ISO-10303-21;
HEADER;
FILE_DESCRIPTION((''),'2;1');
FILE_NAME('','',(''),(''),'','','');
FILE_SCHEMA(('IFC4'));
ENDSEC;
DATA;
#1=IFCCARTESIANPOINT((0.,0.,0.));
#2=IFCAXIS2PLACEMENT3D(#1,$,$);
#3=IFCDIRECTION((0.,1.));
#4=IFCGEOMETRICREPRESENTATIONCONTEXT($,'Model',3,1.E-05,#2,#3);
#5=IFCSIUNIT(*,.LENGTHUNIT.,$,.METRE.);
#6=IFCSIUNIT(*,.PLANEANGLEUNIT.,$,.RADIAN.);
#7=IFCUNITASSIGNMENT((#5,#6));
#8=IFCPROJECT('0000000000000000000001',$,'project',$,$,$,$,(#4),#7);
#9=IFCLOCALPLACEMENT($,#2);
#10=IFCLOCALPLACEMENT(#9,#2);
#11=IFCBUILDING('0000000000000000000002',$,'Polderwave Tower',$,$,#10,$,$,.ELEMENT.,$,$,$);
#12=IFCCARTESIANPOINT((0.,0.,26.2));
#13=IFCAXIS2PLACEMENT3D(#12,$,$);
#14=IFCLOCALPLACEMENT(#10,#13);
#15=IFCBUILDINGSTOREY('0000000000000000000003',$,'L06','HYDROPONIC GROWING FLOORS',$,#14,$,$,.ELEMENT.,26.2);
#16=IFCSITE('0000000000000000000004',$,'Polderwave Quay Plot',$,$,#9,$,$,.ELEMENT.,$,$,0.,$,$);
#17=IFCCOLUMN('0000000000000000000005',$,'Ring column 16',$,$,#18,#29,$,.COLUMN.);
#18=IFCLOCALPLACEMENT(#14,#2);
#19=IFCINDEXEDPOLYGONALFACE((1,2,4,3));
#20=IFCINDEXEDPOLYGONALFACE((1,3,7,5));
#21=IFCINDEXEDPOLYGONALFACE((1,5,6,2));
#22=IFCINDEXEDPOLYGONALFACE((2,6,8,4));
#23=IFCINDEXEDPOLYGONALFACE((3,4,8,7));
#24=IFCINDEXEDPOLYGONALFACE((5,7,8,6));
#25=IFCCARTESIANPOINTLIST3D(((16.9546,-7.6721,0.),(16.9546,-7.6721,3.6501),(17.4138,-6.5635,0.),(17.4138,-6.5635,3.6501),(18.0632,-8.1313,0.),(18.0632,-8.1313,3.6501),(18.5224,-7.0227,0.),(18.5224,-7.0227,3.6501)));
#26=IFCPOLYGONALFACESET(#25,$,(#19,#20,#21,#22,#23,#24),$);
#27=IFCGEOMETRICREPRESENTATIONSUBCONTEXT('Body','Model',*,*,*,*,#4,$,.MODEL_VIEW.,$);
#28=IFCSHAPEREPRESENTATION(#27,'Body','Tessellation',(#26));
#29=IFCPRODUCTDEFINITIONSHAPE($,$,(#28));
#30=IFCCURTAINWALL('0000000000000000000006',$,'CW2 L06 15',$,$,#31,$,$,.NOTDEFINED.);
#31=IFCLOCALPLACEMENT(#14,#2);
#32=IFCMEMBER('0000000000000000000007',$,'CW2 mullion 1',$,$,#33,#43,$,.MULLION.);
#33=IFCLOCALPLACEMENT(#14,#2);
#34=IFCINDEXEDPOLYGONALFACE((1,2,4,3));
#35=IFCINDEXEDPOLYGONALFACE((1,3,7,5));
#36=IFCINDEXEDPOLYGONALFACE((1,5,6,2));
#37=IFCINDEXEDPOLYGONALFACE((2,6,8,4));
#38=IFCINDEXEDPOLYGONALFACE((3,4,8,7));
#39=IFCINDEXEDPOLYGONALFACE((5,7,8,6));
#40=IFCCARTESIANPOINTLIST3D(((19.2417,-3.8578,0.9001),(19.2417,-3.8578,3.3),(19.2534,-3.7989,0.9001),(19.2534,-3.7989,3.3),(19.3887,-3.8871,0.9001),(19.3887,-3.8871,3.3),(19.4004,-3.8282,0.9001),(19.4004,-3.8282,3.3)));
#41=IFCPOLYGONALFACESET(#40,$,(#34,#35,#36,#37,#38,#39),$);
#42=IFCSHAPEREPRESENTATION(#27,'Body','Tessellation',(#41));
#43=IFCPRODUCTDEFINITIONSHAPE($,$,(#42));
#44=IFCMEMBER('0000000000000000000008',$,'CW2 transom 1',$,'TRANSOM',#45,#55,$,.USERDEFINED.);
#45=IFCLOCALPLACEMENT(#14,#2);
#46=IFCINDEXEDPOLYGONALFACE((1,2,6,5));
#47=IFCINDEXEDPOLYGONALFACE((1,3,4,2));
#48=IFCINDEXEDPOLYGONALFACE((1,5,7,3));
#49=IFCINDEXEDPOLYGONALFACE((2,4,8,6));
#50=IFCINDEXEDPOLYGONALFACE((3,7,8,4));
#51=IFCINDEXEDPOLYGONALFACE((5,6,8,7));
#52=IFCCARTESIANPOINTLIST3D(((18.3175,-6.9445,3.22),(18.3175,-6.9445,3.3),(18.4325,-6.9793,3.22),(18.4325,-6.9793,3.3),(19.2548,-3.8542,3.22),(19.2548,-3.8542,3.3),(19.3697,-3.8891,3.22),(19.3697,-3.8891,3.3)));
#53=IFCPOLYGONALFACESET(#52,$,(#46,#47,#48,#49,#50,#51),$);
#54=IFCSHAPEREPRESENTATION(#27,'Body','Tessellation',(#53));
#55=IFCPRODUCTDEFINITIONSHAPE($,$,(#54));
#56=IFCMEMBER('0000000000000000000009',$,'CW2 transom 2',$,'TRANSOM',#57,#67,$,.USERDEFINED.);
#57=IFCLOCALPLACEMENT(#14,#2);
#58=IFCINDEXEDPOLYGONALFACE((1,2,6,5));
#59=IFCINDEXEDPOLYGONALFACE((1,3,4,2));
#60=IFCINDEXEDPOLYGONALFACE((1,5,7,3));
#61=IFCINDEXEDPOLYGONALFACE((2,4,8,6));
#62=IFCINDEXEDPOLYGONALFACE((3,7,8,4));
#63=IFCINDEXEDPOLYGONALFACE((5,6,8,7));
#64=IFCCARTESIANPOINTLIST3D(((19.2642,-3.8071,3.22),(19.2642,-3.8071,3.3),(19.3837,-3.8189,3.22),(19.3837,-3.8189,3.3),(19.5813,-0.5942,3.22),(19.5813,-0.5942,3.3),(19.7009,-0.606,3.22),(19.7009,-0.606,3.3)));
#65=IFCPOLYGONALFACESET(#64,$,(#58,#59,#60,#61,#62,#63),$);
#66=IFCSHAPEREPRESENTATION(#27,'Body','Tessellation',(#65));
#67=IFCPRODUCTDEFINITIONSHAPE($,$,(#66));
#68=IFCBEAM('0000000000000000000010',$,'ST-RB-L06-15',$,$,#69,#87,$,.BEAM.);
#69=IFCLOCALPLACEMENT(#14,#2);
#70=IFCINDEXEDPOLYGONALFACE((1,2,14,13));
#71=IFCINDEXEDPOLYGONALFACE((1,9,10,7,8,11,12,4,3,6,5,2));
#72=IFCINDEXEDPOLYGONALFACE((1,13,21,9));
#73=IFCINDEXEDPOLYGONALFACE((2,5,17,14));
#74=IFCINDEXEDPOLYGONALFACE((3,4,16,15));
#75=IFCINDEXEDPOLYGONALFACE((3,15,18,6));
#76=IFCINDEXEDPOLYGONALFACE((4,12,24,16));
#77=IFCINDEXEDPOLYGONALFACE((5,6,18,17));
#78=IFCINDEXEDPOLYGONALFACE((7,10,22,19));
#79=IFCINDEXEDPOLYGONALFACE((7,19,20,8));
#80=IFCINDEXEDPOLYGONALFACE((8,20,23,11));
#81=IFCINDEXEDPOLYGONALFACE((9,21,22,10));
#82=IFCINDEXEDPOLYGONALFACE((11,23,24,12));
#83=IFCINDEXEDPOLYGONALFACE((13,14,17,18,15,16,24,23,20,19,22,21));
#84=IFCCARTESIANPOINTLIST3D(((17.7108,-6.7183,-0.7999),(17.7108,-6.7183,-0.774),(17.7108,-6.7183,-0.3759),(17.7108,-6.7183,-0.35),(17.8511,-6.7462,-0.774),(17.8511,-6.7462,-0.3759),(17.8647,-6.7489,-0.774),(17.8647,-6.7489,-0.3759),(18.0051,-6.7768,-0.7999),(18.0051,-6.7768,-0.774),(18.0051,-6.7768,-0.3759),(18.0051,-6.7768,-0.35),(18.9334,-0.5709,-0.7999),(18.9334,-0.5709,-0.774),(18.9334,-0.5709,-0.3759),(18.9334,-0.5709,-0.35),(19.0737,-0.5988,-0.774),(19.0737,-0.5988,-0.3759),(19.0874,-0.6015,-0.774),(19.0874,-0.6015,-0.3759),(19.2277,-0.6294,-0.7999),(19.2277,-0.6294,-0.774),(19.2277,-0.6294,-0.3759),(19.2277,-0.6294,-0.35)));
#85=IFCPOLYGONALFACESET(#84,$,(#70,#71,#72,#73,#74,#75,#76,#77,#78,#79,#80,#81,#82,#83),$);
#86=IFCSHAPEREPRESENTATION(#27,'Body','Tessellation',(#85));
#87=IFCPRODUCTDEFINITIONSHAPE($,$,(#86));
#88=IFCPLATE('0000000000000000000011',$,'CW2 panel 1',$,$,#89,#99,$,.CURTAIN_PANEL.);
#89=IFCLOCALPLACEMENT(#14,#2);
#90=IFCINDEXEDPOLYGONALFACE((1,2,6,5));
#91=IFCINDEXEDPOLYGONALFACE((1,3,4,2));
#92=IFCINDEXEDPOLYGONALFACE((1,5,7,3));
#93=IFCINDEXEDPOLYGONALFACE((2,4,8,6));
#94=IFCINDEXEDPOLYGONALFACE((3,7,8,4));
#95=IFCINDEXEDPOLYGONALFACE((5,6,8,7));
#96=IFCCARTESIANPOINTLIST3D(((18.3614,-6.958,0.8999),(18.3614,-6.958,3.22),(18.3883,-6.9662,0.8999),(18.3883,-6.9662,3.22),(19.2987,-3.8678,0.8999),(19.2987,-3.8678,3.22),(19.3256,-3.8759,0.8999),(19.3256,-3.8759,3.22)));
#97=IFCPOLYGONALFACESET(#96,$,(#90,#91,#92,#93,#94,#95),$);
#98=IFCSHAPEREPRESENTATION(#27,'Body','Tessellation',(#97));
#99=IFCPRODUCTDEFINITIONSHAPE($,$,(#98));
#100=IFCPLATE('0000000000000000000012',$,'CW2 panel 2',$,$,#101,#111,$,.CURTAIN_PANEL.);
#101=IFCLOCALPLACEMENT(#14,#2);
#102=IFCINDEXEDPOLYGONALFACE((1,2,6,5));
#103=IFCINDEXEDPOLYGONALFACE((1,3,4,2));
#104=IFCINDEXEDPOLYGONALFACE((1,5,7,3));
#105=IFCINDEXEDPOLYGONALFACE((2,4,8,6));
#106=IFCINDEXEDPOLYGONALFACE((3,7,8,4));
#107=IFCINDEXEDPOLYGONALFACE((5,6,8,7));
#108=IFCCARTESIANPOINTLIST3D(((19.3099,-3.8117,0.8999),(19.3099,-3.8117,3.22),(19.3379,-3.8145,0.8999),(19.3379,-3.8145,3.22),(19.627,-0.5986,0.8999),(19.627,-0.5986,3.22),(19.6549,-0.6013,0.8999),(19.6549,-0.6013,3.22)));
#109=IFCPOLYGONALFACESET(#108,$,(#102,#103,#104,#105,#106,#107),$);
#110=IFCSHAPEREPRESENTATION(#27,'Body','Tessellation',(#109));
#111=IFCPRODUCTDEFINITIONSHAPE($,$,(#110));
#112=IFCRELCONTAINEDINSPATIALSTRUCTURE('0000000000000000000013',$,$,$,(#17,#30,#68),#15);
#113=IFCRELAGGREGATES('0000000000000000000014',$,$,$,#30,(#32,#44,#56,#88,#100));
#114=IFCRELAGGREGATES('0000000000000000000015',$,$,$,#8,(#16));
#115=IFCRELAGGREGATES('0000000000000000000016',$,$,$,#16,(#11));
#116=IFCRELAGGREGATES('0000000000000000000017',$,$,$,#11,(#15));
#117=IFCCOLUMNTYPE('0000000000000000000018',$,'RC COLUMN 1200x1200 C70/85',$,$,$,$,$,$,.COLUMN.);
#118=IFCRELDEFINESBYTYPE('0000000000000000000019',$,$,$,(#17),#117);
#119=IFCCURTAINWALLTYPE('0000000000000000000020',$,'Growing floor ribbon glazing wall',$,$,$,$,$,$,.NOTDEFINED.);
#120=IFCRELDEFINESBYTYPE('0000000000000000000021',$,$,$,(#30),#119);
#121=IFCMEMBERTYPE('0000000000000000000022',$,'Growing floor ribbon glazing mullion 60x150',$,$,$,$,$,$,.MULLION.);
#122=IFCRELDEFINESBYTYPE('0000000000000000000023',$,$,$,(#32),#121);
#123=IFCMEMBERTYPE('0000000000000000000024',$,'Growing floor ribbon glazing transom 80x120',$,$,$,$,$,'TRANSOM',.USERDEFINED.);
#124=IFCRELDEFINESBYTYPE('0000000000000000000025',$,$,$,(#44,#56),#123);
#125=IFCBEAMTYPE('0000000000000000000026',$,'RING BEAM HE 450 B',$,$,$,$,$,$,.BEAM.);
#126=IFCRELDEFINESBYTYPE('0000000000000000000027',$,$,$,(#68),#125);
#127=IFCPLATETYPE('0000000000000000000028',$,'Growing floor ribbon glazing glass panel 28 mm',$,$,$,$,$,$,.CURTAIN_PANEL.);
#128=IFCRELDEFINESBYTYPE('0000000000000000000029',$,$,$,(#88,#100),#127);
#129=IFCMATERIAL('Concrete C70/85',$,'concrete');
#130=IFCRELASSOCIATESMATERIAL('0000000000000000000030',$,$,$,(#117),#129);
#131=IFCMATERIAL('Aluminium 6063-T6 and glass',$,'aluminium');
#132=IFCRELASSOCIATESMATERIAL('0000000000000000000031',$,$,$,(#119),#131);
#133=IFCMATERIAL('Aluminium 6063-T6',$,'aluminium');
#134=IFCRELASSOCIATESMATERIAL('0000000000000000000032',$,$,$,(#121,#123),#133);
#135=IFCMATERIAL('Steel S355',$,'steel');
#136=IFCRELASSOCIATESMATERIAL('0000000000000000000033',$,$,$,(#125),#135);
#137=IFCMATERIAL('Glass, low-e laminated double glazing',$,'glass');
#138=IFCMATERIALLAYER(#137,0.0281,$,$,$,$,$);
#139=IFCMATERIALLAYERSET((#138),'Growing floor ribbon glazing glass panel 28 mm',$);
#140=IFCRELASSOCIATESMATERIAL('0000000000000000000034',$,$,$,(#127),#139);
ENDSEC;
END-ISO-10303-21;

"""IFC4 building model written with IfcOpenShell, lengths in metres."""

from ifc_helpers import new_model, si_unit, direction, frame, origin, origin_2d, place, context, subcontext, project, spatial, rectangle, i_section, extrude, material, layer, layer_set, material_profile, profile_set, type_object, element, aggregate, save


model = new_model("IFC4")

# Units and contexts
model_context = context("Model", 3, precision=1e-05, world=origin(), true_north=direction((0.0, 1.0)))
body_context = subcontext(model_context, "Body", "Model", "MODEL_VIEW")
ifc_project = project(units=[si_unit("LENGTHUNIT", "METRE"), si_unit("PLANEANGLEUNIT", "RADIAN")], contexts=[model_context])

# Site, building, storey
site_placement = place(None, origin())
site = spatial("IfcSite", under=ifc_project, at=site_placement, Name="Polderwave Quay Plot", CompositionType="ELEMENT", RefElevation=0.0)
building_placement = place(site_placement, origin())
building = spatial("IfcBuilding", under=site, at=building_placement, Name="Polderwave Tower", CompositionType="ELEMENT")
storey_placement = place(building_placement, frame((0.0, 0.0, 26.2)))
storey = spatial("IfcBuildingStorey", under=building, at=storey_placement, Name="L06", Description="HYDROPONIC GROWING FLOORS", CompositionType="ELEMENT", Elevation=26.2)

# Column
ifc_material_1 = material(Name="Concrete C70/85", Category="concrete")
ifc_material_profile_1 = material_profile(ifc_material_1, rectangle(XDim=1.2, YDim=1.2, at=origin_2d()), Name="RC 1200x1200")
ifc_profile_set_1 = profile_set([ifc_material_profile_1], Name="Concrete C70/85")
column_type = type_object("IfcColumnType", Name="RC COLUMN 1200x1200 C70/85", PredefinedType="COLUMN", material=ifc_profile_set_1)
column_placement = place(storey_placement, frame((17.7385, -7.3474, 0.0), z_axis=(0.0, 0.0, 1.0), x_axis=(0.92388, -0.382683, 0.0)))
element("IfcColumn", 1, at=column_placement, inside=storey, type_object=column_type, Name="Ring column 16", PredefinedType="COLUMN", context=body_context, shape_type="SweptSolid", body=[
    extrude(rectangle(XDim=1.2, YDim=1.2, at=origin_2d()), origin(), (0.0, 0.0, 1.0), 3.6501),
])

# Curtain wall, members
ifc_material_2 = material(Name="Aluminium 6063-T6 and glass", Category="aluminium")
curtain_wall_type = type_object("IfcCurtainWallType", Name="Growing floor ribbon glazing wall", PredefinedType="NOTDEFINED", material=ifc_material_2)
curtain_wall_placement = place(storey_placement, origin())
curtain_wall = element("IfcCurtainWall", 2, at=curtain_wall_placement, inside=storey, type_object=curtain_wall_type, Name="CW2 L06 15", PredefinedType="NOTDEFINED")
ifc_material_3 = material(Name="Aluminium 6063-T6", Category="aluminium")
ifc_material_profile_2 = material_profile(ifc_material_3, rectangle(XDim=0.1499, YDim=0.0601, at=origin_2d()), Name="AL 60x150")
ifc_profile_set_2 = profile_set([ifc_material_profile_2], Name="Aluminium 6063-T6")
member_type_1 = type_object("IfcMemberType", Name="Growing floor ribbon glazing mullion 60x150", PredefinedType="MULLION", material=ifc_profile_set_2)
member_1_placement = place(storey_placement, frame((19.321, -3.843, 0.9001), z_axis=(0.0, 0.0, 1.0), x_axis=(-0.980772, 0.195159, 0.0)))
member_1 = element("IfcMember", 3, at=member_1_placement, type_object=member_type_1, Name="CW2 mullion 1", PredefinedType="MULLION", context=body_context, shape_type="SweptSolid", body=[
    extrude(rectangle(XDim=0.1499, YDim=0.0601, at=origin_2d()), origin(), (0.0, 0.0, 1.0), 2.3999),
])
ifc_material_profile_3 = material_profile(ifc_material_3, rectangle(XDim=0.1201, YDim=0.0801, at=origin_2d()), Name="AL 80x120")
ifc_profile_set_3 = profile_set([ifc_material_profile_3], Name="Aluminium 6063-T6")
member_type_2 = type_object("IfcMemberType", Name="Growing floor ribbon glazing transom 80x120", ElementType="TRANSOM", PredefinedType="USERDEFINED", material=ifc_profile_set_3)
member_2_placement = place(storey_placement, frame((18.375, -6.9619, 3.26), z_axis=(0.290232, 0.956956, 0.0), x_axis=(-0.956956, 0.290232, 0.0)))
member_2 = element("IfcMember", 4, at=member_2_placement, type_object=member_type_2, Name="CW2 transom 1", ObjectType="TRANSOM", PredefinedType="USERDEFINED", context=body_context, shape_type="SweptSolid", body=[
    extrude(rectangle(XDim=0.1201, YDim=0.0801, at=origin_2d()), origin(), (0.0, 0.0, 1.0), 3.2292),
])
member_3_placement = place(storey_placement, frame((19.324, -3.813, 3.26), z_axis=(0.098231, 0.995164, 0.0), x_axis=(-0.995164, 0.098231, 0.0)))
member_3 = element("IfcMember", 5, at=member_3_placement, type_object=member_type_2, Name="CW2 transom 2", ObjectType="TRANSOM", PredefinedType="USERDEFINED", context=body_context, shape_type="SweptSolid", body=[
    extrude(rectangle(XDim=0.1201, YDim=0.0801, at=origin_2d()), origin(), (0.0, 0.0, 1.0), 3.2285),
])

# Beam
ifc_material_4 = material(Name="Steel S355", Category="steel")
ifc_material_profile_4 = material_profile(ifc_material_4, i_section(OverallWidth=0.3, OverallDepth=0.45, WebThickness=0.0139, FlangeThickness=0.0259, at=origin_2d()), Name="HE 450 B")
ifc_profile_set_4 = profile_set([ifc_material_profile_4], Name="Steel S355")
beam_type = type_object("IfcBeamType", Name="RING BEAM HE 450 B", PredefinedType="BEAM", material=ifc_profile_set_4)
beam_placement = place(storey_placement, frame((17.8579, -6.7476, -0.575), z_axis=(0.195067, 0.98079, 0.0), x_axis=(-0.98079, 0.195067, 0.0)))
element("IfcBeam", 6, at=beam_placement, inside=storey, type_object=beam_type, Name="ST-RB-L06-15", PredefinedType="BEAM", context=body_context, shape_type="SweptSolid", body=[
    extrude(i_section(OverallWidth=0.3, OverallDepth=0.45, WebThickness=0.0139, FlangeThickness=0.0259, at=origin_2d()), origin(), (0.0, 0.0, 1.0), 6.2678),
])

# Plates
ifc_material_5 = material(Name="Glass, low-e laminated double glazing", Category="glass")
ifc_layer_1 = layer(ifc_material_5, 0.0281)
ifc_layer_set_1 = layer_set([ifc_layer_1], Name="Growing floor ribbon glazing glass panel 28 mm")
plate_type = type_object("IfcPlateType", Name="Growing floor ribbon glazing glass panel 28 mm", PredefinedType="CURTAIN_PANEL", material=ifc_layer_set_1)
plate_1_placement = place(storey_placement, frame((18.8435, -5.417, 0.8999), z_axis=(0.0, 0.0, 1.0), x_axis=(0.290246, 0.956952, 0.0)))
plate_1 = element("IfcPlate", 7, at=plate_1_placement, type_object=plate_type, Name="CW2 panel 1", PredefinedType="CURTAIN_PANEL", context=body_context, shape_type="SweptSolid", body=[
    extrude(rectangle(XDim=3.2292, YDim=0.0281, at=origin_2d()), origin(), (0.0, 0.0, 1.0), 2.3201),
])
plate_2_placement = place(storey_placement, frame((19.4824, -2.2065, 0.8999), z_axis=(0.0, 0.0, 1.0), x_axis=(0.098198, 0.995167, 0.0)))
plate_2 = element("IfcPlate", 8, at=plate_2_placement, type_object=plate_type, Name="CW2 panel 2", PredefinedType="CURTAIN_PANEL", context=body_context, shape_type="SweptSolid", body=[
    extrude(rectangle(XDim=3.2288, YDim=0.0281, at=origin_2d()), origin(), (0.0, 0.0, 1.0), 2.3201),
])
aggregate(curtain_wall, [member_1, member_2, member_3, plate_1, plate_2])

save(model, "model.ifc")
